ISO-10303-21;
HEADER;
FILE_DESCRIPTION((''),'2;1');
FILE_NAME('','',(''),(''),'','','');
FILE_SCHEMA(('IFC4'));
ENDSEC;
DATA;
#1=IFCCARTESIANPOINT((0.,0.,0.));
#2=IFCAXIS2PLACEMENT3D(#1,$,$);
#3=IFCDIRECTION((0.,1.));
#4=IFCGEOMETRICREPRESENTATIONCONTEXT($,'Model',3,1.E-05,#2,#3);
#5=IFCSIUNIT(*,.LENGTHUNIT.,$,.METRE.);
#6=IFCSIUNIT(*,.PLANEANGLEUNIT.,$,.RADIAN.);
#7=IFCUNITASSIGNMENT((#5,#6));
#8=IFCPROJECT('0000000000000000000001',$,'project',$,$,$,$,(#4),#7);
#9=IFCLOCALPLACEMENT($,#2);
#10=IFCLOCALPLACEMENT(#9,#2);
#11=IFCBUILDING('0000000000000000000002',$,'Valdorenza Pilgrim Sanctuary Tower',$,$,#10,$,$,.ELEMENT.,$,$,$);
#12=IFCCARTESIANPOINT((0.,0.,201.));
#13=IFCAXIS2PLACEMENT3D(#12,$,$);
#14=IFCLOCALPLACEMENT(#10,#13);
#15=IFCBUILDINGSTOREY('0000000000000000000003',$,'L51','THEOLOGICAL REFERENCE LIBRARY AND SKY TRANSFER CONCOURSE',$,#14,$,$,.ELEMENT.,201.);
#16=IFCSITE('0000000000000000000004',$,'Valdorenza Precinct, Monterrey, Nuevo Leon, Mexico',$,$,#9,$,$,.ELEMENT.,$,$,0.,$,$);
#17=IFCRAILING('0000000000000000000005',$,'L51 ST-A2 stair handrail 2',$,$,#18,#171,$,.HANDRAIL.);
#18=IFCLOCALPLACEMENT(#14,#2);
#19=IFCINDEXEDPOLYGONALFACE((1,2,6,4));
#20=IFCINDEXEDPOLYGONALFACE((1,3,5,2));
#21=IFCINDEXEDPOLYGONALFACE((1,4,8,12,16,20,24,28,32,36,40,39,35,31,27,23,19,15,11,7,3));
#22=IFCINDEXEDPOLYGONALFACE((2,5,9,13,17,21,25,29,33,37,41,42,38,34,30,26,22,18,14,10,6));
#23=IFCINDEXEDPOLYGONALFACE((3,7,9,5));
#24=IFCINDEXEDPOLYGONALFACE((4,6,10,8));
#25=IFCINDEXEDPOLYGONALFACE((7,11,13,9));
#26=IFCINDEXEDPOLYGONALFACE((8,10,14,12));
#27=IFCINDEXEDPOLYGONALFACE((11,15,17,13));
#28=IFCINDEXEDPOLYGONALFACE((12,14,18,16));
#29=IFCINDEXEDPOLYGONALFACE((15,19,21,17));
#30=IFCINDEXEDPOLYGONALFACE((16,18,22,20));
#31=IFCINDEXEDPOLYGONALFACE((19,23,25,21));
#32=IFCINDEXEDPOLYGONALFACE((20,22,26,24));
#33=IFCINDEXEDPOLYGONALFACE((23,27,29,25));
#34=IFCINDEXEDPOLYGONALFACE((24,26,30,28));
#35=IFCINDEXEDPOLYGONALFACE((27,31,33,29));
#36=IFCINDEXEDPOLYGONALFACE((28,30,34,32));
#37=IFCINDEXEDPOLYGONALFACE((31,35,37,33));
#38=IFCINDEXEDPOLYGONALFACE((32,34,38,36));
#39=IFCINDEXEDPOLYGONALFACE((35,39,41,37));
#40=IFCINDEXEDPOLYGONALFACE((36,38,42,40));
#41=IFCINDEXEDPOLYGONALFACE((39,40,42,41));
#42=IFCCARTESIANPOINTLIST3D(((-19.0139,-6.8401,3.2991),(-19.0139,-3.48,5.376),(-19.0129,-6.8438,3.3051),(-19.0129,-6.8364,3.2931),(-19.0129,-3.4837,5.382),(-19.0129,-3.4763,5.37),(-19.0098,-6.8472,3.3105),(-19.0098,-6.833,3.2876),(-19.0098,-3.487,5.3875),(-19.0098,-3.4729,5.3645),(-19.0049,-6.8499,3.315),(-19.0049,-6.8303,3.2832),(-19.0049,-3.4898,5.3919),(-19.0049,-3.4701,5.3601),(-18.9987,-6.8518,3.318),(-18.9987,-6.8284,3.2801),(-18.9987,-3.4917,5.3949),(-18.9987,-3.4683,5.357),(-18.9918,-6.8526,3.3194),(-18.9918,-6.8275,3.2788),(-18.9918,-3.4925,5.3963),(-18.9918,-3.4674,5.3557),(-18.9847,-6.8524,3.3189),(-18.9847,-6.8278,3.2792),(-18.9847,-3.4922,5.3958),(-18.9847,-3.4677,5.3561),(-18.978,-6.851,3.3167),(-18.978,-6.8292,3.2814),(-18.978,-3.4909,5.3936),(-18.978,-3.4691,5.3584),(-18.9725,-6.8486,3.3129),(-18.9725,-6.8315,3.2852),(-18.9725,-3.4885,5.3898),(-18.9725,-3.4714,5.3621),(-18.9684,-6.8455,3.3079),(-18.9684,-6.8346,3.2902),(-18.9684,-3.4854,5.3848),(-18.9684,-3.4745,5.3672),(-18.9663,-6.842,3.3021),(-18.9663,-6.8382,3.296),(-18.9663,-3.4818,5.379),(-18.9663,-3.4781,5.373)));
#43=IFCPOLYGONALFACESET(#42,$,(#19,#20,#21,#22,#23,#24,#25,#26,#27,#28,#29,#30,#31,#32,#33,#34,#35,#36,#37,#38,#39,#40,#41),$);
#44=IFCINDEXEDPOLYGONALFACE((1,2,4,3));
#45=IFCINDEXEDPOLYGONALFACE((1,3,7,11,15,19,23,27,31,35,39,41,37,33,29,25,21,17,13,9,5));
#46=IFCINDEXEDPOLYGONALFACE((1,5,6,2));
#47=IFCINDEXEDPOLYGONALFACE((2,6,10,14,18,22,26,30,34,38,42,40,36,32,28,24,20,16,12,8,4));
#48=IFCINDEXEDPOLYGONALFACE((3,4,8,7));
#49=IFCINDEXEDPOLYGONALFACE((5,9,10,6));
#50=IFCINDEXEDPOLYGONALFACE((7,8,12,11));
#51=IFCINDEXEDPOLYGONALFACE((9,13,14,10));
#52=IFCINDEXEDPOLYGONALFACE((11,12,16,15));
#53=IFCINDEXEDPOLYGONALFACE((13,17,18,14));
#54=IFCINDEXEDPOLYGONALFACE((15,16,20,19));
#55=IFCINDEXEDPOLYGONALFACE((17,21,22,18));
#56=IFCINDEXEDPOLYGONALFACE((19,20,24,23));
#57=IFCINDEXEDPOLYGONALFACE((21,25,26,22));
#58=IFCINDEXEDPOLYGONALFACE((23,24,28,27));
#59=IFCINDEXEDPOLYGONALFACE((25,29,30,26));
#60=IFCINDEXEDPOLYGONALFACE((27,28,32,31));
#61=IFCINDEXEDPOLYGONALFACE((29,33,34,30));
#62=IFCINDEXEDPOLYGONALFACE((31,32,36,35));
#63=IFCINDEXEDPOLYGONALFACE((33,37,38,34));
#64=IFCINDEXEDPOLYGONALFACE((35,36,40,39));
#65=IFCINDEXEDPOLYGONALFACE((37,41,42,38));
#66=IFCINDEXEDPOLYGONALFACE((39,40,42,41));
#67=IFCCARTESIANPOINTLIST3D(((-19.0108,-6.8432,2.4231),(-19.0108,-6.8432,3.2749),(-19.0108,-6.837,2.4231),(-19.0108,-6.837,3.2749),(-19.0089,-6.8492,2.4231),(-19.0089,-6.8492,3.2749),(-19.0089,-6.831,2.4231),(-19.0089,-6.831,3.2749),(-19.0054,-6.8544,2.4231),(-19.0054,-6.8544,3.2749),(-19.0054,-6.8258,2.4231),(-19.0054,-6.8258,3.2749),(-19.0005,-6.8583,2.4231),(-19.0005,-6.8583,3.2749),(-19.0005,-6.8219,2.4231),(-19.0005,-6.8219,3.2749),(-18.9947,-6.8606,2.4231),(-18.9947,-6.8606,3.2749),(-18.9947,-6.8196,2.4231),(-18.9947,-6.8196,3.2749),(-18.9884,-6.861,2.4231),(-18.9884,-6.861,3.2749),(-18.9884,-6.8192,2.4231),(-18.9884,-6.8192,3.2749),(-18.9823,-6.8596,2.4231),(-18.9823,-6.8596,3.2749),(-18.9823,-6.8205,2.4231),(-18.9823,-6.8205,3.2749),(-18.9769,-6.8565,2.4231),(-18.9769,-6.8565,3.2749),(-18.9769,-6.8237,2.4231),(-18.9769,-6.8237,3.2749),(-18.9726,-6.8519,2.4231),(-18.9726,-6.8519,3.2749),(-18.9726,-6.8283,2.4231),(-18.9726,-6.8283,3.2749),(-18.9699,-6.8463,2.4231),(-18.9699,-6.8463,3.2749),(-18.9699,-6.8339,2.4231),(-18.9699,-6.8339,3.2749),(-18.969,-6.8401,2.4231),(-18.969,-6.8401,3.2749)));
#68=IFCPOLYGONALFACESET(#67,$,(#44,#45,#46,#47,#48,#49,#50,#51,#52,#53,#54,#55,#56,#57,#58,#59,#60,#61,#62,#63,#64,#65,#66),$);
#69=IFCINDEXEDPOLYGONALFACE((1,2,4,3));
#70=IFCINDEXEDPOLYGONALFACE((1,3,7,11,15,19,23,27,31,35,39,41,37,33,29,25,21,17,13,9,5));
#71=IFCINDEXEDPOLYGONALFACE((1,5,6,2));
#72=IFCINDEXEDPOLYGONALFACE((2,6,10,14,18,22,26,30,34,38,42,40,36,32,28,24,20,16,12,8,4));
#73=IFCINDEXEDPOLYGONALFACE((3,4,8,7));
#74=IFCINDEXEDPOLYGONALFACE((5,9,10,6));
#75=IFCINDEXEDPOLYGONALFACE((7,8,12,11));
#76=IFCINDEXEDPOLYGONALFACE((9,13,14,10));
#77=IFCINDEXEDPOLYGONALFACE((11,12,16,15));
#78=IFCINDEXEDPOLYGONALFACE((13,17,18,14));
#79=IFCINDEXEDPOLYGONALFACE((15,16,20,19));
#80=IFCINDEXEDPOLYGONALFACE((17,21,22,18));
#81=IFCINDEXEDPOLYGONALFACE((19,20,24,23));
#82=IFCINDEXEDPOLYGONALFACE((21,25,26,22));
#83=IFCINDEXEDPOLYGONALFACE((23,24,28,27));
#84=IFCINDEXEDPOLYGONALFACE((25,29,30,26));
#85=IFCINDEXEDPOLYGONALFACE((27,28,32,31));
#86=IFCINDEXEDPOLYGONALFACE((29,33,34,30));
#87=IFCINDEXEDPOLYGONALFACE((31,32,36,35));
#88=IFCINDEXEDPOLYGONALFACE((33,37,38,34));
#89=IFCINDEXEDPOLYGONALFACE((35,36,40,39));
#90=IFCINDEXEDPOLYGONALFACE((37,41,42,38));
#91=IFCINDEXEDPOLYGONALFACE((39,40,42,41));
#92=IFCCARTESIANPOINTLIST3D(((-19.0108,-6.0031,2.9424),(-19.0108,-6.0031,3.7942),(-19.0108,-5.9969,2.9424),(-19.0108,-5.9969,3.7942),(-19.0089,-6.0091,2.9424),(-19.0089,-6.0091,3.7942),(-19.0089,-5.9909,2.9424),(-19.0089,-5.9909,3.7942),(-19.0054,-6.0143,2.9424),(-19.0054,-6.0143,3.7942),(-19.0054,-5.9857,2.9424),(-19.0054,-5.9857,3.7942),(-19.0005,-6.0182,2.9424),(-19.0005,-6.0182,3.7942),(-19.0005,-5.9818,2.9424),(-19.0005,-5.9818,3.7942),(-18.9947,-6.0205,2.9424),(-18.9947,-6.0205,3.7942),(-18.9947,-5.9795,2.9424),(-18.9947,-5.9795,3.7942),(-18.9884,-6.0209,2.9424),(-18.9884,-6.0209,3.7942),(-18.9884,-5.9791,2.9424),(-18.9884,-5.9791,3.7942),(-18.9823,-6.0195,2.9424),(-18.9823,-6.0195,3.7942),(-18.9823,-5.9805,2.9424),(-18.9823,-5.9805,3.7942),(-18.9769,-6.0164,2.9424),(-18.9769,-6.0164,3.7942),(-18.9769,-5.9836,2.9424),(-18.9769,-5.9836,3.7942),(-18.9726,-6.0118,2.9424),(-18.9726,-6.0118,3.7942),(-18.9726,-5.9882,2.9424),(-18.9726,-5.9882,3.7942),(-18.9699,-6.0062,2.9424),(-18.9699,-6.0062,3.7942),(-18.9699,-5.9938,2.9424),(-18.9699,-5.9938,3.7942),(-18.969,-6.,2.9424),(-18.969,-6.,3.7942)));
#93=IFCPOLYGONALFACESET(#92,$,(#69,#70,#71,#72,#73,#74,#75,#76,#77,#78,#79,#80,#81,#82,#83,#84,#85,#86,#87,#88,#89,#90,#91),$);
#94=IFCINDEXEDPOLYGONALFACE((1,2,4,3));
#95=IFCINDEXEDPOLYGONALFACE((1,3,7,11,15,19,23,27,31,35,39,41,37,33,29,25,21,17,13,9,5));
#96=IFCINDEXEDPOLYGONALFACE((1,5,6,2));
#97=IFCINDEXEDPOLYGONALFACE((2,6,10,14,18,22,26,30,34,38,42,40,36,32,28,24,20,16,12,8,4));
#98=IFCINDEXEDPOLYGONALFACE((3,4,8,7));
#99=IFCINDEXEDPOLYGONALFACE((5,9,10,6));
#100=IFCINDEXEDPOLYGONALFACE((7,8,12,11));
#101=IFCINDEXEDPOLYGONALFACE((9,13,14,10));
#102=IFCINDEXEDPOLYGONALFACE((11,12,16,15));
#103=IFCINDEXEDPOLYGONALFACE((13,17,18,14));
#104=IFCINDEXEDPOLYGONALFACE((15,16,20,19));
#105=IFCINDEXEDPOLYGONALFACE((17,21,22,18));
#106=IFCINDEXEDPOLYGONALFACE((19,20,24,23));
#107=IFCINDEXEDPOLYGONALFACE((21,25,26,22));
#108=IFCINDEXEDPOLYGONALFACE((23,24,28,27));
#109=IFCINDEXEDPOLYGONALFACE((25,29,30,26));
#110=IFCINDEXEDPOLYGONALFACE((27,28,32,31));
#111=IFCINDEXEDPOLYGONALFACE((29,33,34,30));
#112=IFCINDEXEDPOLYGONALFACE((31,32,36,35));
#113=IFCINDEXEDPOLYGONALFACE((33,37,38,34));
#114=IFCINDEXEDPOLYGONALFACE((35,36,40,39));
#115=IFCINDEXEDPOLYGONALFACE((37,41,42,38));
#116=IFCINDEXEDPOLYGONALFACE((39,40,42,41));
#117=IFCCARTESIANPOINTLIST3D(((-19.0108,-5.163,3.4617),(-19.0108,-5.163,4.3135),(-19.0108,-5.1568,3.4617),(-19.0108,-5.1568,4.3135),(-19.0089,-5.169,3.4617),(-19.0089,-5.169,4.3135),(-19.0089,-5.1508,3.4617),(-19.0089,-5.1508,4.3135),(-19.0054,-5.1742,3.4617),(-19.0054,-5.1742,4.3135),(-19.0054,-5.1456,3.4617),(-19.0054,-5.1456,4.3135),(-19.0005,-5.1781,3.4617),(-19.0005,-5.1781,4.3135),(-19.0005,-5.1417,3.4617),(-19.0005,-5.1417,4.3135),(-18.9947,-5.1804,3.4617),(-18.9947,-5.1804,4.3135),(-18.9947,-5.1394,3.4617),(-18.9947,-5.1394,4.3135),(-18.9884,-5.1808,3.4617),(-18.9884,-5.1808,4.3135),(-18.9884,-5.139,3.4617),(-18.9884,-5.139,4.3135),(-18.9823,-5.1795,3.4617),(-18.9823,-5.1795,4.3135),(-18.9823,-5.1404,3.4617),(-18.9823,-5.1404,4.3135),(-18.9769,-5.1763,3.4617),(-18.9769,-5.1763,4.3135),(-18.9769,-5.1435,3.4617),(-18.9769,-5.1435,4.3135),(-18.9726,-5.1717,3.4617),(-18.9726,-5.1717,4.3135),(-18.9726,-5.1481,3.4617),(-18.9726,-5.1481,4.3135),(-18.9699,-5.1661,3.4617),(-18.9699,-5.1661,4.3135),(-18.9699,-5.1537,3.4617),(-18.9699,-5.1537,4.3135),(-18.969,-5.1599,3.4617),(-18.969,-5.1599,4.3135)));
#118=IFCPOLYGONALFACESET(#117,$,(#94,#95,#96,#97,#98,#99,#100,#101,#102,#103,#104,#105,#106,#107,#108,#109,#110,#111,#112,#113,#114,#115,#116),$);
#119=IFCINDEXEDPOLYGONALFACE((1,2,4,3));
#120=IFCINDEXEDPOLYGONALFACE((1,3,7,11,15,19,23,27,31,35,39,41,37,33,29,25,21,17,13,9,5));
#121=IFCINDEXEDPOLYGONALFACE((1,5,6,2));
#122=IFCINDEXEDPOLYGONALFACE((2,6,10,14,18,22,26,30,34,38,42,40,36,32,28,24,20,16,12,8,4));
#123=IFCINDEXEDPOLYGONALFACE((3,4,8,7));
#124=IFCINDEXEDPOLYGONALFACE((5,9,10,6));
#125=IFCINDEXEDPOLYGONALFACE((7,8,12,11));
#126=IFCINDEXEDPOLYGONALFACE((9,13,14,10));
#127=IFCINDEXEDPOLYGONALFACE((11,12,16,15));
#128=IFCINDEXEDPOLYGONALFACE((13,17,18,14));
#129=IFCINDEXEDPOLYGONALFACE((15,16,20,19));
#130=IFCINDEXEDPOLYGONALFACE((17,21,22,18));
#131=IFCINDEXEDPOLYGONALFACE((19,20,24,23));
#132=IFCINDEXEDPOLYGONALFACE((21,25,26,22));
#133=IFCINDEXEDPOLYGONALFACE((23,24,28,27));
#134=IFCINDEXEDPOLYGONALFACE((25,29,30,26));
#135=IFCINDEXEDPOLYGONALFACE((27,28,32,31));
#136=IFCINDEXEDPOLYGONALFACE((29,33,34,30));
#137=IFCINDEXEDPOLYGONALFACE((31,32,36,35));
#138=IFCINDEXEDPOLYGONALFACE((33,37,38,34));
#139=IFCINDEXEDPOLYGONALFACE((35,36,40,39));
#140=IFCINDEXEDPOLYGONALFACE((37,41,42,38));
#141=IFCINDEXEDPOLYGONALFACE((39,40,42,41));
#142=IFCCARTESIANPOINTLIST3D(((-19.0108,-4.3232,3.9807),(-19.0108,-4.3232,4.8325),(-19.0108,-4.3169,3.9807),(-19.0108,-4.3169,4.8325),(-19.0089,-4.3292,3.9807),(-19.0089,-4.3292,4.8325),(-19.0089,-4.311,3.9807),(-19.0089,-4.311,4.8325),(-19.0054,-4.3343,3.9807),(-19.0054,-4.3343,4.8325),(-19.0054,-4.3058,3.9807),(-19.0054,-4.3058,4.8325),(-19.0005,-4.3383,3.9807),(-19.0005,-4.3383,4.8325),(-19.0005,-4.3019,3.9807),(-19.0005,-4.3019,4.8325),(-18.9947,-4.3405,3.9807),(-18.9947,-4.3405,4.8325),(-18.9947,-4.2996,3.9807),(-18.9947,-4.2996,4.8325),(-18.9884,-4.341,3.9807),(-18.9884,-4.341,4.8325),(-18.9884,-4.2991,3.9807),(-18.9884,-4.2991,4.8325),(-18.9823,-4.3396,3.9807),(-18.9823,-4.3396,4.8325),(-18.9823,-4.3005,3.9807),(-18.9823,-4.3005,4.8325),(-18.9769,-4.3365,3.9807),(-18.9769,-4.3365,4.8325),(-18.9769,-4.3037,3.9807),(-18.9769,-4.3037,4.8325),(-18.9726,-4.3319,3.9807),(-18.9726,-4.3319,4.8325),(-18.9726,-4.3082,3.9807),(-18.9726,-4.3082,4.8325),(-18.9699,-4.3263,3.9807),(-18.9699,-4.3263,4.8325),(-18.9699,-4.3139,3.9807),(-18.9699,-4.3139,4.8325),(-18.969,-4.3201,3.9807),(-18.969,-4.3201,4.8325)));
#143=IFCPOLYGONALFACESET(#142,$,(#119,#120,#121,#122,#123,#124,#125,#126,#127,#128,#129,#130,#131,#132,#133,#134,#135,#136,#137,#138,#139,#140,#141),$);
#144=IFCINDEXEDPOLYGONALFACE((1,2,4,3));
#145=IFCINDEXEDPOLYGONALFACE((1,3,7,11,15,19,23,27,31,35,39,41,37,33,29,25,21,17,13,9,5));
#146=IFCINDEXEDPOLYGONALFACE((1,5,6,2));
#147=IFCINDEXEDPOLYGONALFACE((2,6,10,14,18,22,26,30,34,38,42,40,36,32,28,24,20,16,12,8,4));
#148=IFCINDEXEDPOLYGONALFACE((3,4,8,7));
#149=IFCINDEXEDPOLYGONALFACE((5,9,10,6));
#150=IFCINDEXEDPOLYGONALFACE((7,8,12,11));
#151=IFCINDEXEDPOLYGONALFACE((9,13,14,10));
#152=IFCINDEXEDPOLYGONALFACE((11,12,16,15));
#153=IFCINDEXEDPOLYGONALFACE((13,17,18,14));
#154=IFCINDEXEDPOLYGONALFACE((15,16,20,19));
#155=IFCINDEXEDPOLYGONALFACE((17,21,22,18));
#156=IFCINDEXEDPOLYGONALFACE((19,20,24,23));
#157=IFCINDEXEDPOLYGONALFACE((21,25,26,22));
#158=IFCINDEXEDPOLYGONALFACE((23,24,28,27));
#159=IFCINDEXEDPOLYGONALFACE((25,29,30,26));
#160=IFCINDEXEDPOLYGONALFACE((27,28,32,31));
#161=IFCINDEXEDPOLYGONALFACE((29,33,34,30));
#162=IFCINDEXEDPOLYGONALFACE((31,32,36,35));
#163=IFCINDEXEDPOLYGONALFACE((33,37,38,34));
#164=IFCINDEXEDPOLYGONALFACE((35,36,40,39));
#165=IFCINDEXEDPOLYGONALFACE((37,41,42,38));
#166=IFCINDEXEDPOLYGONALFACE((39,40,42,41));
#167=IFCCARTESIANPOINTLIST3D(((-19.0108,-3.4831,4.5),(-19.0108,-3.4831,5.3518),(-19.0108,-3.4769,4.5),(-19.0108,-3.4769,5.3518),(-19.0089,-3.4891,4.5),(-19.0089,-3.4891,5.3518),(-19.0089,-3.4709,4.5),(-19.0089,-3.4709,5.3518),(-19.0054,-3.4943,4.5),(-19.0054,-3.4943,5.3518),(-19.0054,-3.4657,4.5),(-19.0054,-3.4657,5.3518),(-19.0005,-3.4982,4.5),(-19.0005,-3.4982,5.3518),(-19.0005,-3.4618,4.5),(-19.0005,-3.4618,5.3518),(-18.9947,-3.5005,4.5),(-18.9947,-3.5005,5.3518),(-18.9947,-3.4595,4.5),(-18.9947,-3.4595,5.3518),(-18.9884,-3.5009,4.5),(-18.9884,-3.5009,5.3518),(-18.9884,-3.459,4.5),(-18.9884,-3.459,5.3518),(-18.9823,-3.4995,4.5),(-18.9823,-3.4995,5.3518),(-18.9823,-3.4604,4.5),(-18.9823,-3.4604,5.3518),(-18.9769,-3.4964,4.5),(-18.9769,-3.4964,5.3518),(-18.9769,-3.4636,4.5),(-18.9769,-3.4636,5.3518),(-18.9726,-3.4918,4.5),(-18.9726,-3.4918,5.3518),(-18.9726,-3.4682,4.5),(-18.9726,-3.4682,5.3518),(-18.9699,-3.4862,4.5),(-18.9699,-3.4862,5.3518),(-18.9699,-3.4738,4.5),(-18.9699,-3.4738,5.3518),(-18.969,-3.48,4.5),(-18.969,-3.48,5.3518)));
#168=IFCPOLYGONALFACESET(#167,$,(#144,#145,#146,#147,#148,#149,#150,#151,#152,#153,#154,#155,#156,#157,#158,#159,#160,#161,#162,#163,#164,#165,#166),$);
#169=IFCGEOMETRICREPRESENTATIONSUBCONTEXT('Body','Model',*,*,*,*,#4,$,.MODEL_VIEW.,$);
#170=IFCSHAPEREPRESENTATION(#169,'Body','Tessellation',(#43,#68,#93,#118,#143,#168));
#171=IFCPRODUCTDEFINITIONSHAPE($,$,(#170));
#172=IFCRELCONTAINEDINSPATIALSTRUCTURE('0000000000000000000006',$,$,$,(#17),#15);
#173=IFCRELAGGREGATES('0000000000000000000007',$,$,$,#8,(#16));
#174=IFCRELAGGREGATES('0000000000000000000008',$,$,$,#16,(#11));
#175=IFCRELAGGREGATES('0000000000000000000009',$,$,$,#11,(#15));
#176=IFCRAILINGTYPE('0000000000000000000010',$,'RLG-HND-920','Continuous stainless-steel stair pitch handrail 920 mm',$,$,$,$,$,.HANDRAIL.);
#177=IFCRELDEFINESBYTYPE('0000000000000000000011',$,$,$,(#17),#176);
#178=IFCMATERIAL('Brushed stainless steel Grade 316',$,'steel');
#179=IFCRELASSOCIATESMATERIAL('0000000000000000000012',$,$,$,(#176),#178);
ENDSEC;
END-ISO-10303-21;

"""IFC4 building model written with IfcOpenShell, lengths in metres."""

from ifc_helpers import new_model, si_unit, direction, frame, origin, origin_2d, place, context, subcontext, project, spatial, circle, extrude, material, type_object, element, save


model = new_model("IFC4")

# Units and contexts
model_context = context("Model", 3, precision=1e-05, world=origin(), true_north=direction((0.0, 1.0)))
body_context = subcontext(model_context, "Body", "Model", "MODEL_VIEW")
ifc_project = project(units=[si_unit("LENGTHUNIT", "METRE"), si_unit("PLANEANGLEUNIT", "RADIAN")], contexts=[model_context])

# Site, building, storey
site_placement = place(None, origin())
site = spatial("IfcSite", under=ifc_project, at=site_placement, Name="Valdorenza Precinct, Monterrey, Nuevo Leon, Mexico", CompositionType="ELEMENT", RefElevation=0.0)
building_placement = place(site_placement, origin())
building = spatial("IfcBuilding", under=site, at=building_placement, Name="Valdorenza Pilgrim Sanctuary Tower", CompositionType="ELEMENT")
storey_placement = place(building_placement, frame((0.0, 0.0, 201.0)))
storey = spatial("IfcBuildingStorey", under=building, at=storey_placement, Name="L51", Description="THEOLOGICAL REFERENCE LIBRARY AND SKY TRANSFER CONCOURSE", CompositionType="ELEMENT", Elevation=201.0)

# Shared definitions
ifc_material_1 = material(Name="Brushed stainless steel Grade 316", Category="steel")

# Railing
railing_type_1 = type_object("IfcRailingType", Name="RLG-HND-920", Description="Continuous stainless-steel stair pitch handrail 920 mm", PredefinedType="HANDRAIL", material=ifc_material_1)
railing_1_placement = place(storey_placement, frame((-18.99, -6.8401, 2.4231)))
element("IfcRailing", 1, at=railing_1_placement, inside=storey, type_object=railing_type_1, Name="L51 ST-A2 stair handrail 2", PredefinedType="HANDRAIL", context=body_context, shape_type="SweptSolid", body=[
    extrude(circle(Radius=0.0239, at=origin_2d()), frame((0.0, 0.0, 0.876), z_axis=(0.0, 0.850623, 0.525776), x_axis=(-1.0, 0.0, 0.0)), (0.0, 0.0, 1.0), 3.9502),
    extrude(circle(Radius=0.021, at=origin_2d()), origin(), (0.0, 0.0, 1.0), 0.8518),
    extrude(circle(Radius=0.021, at=origin_2d()), frame((0.0, 0.8401, 0.5193)), (0.0, 0.0, 1.0), 0.8518),
    extrude(circle(Radius=0.021, at=origin_2d()), frame((0.0, 1.6802, 1.0386)), (0.0, 0.0, 1.0), 0.8518),
    extrude(circle(Radius=0.021, at=origin_2d()), frame((0.0, 2.52, 1.5576)), (0.0, 0.0, 1.0), 0.8518),
    extrude(circle(Radius=0.021, at=origin_2d()), frame((0.0, 3.3601, 2.0769)), (0.0, 0.0, 1.0), 0.8518),
])

save(model, "model.ifc")
